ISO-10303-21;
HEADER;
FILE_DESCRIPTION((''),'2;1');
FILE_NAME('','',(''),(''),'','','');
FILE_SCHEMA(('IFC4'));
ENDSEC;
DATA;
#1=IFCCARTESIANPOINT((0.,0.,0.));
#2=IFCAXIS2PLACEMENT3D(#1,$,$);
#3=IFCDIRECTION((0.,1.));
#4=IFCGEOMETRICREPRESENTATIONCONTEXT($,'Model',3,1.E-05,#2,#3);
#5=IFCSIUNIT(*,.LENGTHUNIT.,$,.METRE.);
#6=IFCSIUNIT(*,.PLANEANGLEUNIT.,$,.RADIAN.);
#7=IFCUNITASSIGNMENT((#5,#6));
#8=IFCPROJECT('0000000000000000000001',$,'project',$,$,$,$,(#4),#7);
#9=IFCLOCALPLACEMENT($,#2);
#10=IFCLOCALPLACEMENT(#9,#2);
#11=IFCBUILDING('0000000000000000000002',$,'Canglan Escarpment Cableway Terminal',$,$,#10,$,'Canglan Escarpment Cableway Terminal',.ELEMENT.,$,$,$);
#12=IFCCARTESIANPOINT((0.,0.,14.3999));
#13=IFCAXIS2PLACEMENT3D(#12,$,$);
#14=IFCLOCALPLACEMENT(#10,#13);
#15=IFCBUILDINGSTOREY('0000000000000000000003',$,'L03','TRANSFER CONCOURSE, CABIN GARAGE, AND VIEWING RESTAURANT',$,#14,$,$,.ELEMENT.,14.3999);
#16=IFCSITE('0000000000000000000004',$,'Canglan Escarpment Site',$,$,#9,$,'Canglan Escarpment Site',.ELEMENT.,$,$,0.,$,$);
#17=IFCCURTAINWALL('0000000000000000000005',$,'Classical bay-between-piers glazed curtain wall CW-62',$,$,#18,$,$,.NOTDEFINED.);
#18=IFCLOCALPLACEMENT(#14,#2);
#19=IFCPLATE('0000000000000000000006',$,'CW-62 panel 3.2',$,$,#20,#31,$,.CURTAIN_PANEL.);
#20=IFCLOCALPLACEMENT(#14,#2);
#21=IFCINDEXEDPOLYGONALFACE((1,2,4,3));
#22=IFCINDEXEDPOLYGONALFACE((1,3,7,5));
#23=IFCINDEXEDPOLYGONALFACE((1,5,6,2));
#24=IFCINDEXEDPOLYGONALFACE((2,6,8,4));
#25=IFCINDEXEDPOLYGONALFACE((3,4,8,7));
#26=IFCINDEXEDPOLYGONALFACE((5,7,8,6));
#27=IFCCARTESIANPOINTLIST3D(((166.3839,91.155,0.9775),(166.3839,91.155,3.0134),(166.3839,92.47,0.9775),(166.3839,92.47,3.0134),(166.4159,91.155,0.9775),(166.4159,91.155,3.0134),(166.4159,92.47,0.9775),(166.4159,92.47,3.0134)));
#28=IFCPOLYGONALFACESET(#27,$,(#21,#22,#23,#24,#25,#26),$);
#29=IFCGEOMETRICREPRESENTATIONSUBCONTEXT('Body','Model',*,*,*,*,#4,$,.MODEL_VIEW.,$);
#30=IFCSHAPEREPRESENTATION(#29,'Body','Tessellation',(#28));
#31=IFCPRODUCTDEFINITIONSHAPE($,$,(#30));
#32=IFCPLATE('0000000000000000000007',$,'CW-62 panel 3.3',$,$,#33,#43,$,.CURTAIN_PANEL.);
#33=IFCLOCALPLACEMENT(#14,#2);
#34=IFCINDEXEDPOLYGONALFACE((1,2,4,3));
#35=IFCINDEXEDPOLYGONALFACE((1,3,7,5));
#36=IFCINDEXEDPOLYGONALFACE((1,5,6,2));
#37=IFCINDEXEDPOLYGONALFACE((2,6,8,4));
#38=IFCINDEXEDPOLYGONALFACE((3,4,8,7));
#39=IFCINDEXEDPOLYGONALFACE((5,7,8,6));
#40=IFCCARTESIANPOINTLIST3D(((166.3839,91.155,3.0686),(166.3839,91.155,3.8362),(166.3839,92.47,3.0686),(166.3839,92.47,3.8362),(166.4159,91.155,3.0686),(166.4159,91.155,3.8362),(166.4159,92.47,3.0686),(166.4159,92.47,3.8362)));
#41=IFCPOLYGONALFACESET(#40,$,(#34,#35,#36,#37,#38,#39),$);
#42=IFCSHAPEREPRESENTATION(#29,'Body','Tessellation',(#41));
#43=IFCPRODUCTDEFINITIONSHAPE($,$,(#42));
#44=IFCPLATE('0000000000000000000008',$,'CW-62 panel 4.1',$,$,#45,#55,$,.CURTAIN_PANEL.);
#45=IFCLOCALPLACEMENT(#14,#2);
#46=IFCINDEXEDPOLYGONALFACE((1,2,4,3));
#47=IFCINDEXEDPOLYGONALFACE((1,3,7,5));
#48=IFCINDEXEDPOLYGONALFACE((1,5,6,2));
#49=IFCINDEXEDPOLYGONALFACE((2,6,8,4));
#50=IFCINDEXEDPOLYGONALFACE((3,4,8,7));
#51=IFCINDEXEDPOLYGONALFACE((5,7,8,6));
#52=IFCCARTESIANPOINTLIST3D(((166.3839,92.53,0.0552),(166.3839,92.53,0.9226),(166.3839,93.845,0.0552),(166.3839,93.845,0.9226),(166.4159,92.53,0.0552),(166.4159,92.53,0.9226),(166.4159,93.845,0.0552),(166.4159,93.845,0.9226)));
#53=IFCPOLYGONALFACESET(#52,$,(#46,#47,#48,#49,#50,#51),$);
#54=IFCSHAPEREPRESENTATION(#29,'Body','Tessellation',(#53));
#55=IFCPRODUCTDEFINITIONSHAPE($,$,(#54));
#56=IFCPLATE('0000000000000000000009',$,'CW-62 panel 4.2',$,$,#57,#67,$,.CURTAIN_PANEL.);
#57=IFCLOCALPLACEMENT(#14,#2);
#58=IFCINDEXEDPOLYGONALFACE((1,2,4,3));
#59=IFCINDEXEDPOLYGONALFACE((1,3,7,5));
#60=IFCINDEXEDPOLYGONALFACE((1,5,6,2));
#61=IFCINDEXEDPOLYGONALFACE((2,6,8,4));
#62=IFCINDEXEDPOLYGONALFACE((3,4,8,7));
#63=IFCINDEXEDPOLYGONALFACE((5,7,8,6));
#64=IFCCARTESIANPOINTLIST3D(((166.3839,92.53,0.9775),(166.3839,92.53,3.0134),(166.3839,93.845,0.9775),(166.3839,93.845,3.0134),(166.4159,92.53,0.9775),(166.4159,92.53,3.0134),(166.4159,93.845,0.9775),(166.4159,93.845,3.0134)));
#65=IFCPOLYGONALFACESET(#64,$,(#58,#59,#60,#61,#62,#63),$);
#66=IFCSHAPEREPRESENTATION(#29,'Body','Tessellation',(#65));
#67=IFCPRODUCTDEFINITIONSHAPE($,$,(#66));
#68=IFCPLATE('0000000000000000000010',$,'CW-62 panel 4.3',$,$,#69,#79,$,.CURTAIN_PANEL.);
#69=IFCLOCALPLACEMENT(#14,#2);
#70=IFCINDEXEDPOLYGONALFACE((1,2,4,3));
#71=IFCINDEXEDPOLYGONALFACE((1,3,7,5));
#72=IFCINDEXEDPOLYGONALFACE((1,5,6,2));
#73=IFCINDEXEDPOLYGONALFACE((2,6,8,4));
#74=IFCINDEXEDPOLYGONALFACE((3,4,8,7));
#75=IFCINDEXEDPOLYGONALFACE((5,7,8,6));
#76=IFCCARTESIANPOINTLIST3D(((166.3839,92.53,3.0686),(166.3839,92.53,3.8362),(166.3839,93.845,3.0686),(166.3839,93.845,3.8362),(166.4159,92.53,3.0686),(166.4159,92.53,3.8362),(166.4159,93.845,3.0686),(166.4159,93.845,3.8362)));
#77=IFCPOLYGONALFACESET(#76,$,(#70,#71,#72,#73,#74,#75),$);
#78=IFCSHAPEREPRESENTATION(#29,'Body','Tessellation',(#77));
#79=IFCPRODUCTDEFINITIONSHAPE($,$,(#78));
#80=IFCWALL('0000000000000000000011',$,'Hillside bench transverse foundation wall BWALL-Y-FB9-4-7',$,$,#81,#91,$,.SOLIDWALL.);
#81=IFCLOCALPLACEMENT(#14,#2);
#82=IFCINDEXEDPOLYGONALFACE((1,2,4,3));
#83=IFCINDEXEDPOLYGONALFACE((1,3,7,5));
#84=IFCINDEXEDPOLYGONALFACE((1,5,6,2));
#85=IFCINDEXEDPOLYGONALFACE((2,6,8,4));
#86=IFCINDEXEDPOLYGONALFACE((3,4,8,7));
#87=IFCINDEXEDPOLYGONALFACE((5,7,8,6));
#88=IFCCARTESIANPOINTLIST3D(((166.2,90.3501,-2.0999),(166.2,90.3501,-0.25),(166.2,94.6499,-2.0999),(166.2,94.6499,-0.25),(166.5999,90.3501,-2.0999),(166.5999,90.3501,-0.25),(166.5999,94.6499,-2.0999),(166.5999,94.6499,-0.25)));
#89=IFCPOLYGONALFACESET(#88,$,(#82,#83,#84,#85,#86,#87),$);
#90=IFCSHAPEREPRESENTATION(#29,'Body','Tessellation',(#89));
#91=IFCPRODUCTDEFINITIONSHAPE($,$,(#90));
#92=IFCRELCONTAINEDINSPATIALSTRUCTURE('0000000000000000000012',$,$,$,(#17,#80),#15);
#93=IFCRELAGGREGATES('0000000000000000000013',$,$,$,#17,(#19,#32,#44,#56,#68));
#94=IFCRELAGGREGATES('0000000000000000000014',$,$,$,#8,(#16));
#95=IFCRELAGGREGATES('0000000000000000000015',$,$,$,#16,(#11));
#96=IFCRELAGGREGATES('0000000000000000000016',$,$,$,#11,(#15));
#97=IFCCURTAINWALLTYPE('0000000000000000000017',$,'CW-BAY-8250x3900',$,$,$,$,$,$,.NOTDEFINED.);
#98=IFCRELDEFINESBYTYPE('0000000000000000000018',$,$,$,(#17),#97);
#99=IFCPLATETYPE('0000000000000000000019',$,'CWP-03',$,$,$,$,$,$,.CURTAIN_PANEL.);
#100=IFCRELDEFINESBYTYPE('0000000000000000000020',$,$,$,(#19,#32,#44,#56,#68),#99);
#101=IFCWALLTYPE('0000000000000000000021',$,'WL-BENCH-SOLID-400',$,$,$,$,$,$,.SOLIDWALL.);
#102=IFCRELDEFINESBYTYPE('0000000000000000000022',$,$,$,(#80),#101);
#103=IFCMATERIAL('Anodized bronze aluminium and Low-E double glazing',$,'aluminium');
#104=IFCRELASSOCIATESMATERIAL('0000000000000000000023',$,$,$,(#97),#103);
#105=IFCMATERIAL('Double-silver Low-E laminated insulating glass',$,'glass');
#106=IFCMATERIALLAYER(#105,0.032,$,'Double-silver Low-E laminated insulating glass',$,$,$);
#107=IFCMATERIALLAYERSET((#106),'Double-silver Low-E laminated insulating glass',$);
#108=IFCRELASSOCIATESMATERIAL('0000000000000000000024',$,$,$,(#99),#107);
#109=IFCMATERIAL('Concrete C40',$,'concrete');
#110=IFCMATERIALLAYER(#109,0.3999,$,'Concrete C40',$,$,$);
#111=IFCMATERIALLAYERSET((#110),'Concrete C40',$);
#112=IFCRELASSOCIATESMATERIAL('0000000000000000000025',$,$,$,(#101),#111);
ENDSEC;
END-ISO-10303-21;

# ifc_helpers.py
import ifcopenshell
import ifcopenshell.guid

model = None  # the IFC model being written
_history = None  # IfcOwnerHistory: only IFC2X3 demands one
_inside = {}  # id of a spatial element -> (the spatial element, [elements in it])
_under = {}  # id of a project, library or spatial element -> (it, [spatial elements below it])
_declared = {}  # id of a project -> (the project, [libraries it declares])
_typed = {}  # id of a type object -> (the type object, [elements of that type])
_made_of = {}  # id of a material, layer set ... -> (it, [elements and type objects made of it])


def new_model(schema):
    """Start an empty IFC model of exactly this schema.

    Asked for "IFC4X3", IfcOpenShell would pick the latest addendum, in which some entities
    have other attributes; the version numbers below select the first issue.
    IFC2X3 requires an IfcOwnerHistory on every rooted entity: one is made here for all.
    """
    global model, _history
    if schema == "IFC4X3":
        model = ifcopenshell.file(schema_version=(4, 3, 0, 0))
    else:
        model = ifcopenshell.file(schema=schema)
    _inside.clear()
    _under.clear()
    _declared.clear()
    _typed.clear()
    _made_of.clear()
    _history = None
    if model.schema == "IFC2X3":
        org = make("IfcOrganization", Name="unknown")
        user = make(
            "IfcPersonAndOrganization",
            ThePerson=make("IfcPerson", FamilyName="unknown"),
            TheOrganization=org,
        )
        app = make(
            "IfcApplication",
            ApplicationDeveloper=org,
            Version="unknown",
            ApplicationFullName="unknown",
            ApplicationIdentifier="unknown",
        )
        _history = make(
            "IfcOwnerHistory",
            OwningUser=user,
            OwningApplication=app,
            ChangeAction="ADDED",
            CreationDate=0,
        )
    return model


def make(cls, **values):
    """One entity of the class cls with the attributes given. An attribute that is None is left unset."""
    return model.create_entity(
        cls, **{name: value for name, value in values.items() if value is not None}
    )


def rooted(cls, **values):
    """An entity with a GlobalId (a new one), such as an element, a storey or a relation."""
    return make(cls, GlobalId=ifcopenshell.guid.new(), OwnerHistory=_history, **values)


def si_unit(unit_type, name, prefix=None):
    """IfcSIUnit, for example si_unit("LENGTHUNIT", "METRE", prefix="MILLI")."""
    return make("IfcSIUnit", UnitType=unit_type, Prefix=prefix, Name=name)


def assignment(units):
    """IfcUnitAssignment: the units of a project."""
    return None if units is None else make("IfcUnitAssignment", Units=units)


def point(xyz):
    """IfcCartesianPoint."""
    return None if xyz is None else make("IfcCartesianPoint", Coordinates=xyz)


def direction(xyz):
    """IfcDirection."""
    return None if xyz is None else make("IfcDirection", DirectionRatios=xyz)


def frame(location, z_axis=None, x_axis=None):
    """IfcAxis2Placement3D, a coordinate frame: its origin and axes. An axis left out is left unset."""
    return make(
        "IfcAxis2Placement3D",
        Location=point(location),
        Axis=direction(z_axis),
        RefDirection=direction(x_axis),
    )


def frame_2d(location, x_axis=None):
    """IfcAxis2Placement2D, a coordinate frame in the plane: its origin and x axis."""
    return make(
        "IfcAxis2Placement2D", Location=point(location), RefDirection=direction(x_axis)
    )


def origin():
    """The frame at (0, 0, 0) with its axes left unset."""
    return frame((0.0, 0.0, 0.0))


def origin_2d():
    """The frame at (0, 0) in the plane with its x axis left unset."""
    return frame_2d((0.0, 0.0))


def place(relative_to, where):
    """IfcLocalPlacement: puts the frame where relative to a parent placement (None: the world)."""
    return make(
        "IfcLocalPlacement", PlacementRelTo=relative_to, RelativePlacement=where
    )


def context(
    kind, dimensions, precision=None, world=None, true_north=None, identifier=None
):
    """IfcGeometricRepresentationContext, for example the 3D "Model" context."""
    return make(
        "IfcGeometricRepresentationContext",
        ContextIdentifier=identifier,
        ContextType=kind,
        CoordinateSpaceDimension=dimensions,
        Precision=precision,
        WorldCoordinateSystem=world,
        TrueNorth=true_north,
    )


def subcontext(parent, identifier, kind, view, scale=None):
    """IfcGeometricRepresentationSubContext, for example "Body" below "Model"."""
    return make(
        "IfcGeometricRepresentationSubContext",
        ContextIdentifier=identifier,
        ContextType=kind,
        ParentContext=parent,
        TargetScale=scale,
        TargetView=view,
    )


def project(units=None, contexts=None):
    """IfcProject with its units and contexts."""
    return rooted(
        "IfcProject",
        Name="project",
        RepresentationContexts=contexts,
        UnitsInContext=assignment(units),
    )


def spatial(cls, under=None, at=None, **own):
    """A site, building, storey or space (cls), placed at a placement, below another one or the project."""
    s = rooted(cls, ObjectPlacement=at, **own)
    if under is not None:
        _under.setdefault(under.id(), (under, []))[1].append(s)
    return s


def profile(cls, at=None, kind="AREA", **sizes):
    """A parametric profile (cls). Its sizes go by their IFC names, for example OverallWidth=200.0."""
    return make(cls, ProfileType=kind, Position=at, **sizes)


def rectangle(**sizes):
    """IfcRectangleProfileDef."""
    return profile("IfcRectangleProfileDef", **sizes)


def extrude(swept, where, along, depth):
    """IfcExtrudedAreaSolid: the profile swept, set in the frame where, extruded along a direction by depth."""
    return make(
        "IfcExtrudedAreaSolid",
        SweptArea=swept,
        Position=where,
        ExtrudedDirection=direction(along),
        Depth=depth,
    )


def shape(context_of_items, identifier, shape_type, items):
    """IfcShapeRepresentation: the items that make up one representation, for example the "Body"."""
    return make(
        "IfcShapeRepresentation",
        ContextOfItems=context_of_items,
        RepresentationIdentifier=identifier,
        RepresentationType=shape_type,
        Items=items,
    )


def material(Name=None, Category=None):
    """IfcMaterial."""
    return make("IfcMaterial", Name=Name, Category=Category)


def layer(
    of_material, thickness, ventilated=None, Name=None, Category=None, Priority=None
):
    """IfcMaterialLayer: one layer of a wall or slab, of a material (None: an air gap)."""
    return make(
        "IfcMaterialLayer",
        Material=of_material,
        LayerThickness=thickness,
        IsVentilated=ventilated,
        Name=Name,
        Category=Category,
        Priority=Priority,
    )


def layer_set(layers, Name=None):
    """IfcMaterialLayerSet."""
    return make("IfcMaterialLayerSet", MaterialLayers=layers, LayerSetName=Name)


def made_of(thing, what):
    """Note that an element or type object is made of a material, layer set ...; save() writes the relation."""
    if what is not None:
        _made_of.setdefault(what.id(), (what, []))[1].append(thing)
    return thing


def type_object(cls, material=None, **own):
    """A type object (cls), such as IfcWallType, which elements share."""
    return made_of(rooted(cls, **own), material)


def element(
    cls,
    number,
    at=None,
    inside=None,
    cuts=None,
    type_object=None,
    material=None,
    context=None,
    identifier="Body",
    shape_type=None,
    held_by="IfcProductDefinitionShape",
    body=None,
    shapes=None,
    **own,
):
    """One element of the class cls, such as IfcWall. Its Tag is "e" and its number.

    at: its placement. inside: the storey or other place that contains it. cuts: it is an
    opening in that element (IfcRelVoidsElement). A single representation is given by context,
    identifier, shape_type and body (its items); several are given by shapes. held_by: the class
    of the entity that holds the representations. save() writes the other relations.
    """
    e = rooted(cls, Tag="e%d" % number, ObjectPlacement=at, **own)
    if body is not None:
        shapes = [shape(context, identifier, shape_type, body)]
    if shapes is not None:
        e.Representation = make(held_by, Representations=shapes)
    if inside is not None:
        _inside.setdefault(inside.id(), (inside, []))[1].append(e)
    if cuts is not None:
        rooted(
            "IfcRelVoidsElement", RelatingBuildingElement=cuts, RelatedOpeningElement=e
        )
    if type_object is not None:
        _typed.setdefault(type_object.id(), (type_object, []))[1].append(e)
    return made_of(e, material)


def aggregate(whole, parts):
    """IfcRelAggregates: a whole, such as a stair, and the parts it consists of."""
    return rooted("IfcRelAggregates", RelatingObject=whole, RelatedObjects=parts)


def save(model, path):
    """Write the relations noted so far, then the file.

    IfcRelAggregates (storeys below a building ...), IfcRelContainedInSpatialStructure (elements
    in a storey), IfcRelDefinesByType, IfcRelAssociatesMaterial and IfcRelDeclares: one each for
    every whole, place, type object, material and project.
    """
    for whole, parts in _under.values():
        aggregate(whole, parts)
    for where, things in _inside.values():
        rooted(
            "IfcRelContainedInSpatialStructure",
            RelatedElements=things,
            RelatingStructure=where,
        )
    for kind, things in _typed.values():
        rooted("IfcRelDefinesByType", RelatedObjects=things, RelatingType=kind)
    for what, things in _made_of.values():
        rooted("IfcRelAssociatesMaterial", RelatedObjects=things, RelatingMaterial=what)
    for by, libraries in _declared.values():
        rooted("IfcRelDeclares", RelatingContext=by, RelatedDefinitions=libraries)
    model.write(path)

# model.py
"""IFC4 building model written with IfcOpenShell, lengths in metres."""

from ifc_helpers import new_model, si_unit, direction, frame, frame_2d, origin, origin_2d, place, context, subcontext, project, spatial, rectangle, extrude, material, layer, layer_set, type_object, element, aggregate, save


model = new_model("IFC4")

# Units and contexts
model_context = context("Model", 3, precision=1e-05, world=origin(), true_north=direction((0.0, 1.0)))
body_context = subcontext(model_context, "Body", "Model", "MODEL_VIEW")
ifc_project = project(units=[si_unit("LENGTHUNIT", "METRE"), si_unit("PLANEANGLEUNIT", "RADIAN")], contexts=[model_context])

# Site, building, storey
site_placement = place(None, origin())
site = spatial("IfcSite", under=ifc_project, at=site_placement, Name="Canglan Escarpment Site", LongName="Canglan Escarpment Site", CompositionType="ELEMENT", RefElevation=0.0)
building_placement = place(site_placement, origin())
building = spatial("IfcBuilding", under=site, at=building_placement, Name="Canglan Escarpment Cableway Terminal", LongName="Canglan Escarpment Cableway Terminal", CompositionType="ELEMENT")
storey_placement = place(building_placement, frame((0.0, 0.0, 14.3999)))
storey = spatial("IfcBuildingStorey", under=building, at=storey_placement, Name="L03", Description="TRANSFER CONCOURSE, CABIN GARAGE, AND VIEWING RESTAURANT", CompositionType="ELEMENT", Elevation=14.3999)

# Shared definitions
ifc_material_1 = material(Name="Concrete C40", Category="concrete")

# Curtain wall, plates
ifc_material_2 = material(Name="Anodized bronze aluminium and Low-E double glazing", Category="aluminium")
curtain_wall_type = type_object("IfcCurtainWallType", Name="CW-BAY-8250x3900", PredefinedType="NOTDEFINED", material=ifc_material_2)
curtain_wall_placement = place(storey_placement, origin())
curtain_wall = element("IfcCurtainWall", 1, at=curtain_wall_placement, inside=storey, type_object=curtain_wall_type, Name="Classical bay-between-piers glazed curtain wall CW-62", PredefinedType="NOTDEFINED")
ifc_material_3 = material(Name="Double-silver Low-E laminated insulating glass", Category="glass")
ifc_layer_1 = layer(ifc_material_3, 0.032, Name="Double-silver Low-E laminated insulating glass")
ifc_layer_set_1 = layer_set([ifc_layer_1], Name="Double-silver Low-E laminated insulating glass")
plate_type = type_object("IfcPlateType", Name="CWP-03", PredefinedType="CURTAIN_PANEL", material=ifc_layer_set_1)
plate_1_placement = place(storey_placement, frame((166.3999, 91.8125, 0.9775), z_axis=(0.0, 0.0, 1.0), x_axis=(0.0, 1.0, 0.0)))
plate_1 = element("IfcPlate", 2, at=plate_1_placement, type_object=plate_type, Name="CW-62 panel 3.2", PredefinedType="CURTAIN_PANEL", context=body_context, shape_type="SweptSolid", body=[
    extrude(rectangle(XDim=1.3149, YDim=0.032, at=origin_2d()), origin(), (0.0, 0.0, 1.0), 2.0359),
])
plate_2_placement = place(storey_placement, frame((166.3999, 91.8125, 3.0686), z_axis=(0.0, 0.0, 1.0), x_axis=(0.0, 1.0, 0.0)))
plate_2 = element("IfcPlate", 3, at=plate_2_placement, type_object=plate_type, Name="CW-62 panel 3.3", PredefinedType="CURTAIN_PANEL", context=body_context, shape_type="SweptSolid", body=[
    extrude(rectangle(XDim=1.3149, YDim=0.032, at=origin_2d()), origin(), (0.0, 0.0, 1.0), 0.7676),
])
plate_3_placement = place(storey_placement, frame((166.3999, 93.1875, 0.0552), z_axis=(0.0, 0.0, 1.0), x_axis=(0.0, 1.0, 0.0)))
plate_3 = element("IfcPlate", 4, at=plate_3_placement, type_object=plate_type, Name="CW-62 panel 4.1", PredefinedType="CURTAIN_PANEL", context=body_context, shape_type="SweptSolid", body=[
    extrude(rectangle(XDim=1.3149, YDim=0.032, at=origin_2d()), origin(), (0.0, 0.0, 1.0), 0.8674),
])
plate_4_placement = place(storey_placement, frame((166.3999, 93.1875, 0.9775), z_axis=(0.0, 0.0, 1.0), x_axis=(0.0, 1.0, 0.0)))
plate_4 = element("IfcPlate", 5, at=plate_4_placement, type_object=plate_type, Name="CW-62 panel 4.2", PredefinedType="CURTAIN_PANEL", context=body_context, shape_type="SweptSolid", body=[
    extrude(rectangle(XDim=1.3149, YDim=0.032, at=origin_2d()), origin(), (0.0, 0.0, 1.0), 2.0359),
])
plate_5_placement = place(storey_placement, frame((166.3999, 93.1875, 3.0686), z_axis=(0.0, 0.0, 1.0), x_axis=(0.0, 1.0, 0.0)))
plate_5 = element("IfcPlate", 6, at=plate_5_placement, type_object=plate_type, Name="CW-62 panel 4.3", PredefinedType="CURTAIN_PANEL", context=body_context, shape_type="SweptSolid", body=[
    extrude(rectangle(XDim=1.3149, YDim=0.032, at=origin_2d()), origin(), (0.0, 0.0, 1.0), 0.7676),
])
aggregate(curtain_wall, [plate_1, plate_2, plate_3, plate_4, plate_5])

# Wall
ifc_layer_2 = layer(ifc_material_1, 0.3999, Name="Concrete C40")
ifc_layer_set_2 = layer_set([ifc_layer_2], Name="Concrete C40")
wall_type = type_object("IfcWallType", Name="WL-BENCH-SOLID-400", PredefinedType="SOLIDWALL", material=ifc_layer_set_2)
wall_placement = place(storey_placement, frame((166.3999, 90.3501, -2.0999), z_axis=(0.0, 0.0, 1.0), x_axis=(0.0, 1.0, 0.0)))
element("IfcWall", 7, at=wall_placement, inside=storey, type_object=wall_type, Name="Hillside bench transverse foundation wall BWALL-Y-FB9-4-7", PredefinedType="SOLIDWALL", context=body_context, shape_type="SweptSolid", body=[
    extrude(rectangle(XDim=4.2998, YDim=0.3999, at=frame_2d((2.1499, 0.0))), origin(), (0.0, 0.0, 1.0), 1.8499),
])

save(model, "model.ifc")
